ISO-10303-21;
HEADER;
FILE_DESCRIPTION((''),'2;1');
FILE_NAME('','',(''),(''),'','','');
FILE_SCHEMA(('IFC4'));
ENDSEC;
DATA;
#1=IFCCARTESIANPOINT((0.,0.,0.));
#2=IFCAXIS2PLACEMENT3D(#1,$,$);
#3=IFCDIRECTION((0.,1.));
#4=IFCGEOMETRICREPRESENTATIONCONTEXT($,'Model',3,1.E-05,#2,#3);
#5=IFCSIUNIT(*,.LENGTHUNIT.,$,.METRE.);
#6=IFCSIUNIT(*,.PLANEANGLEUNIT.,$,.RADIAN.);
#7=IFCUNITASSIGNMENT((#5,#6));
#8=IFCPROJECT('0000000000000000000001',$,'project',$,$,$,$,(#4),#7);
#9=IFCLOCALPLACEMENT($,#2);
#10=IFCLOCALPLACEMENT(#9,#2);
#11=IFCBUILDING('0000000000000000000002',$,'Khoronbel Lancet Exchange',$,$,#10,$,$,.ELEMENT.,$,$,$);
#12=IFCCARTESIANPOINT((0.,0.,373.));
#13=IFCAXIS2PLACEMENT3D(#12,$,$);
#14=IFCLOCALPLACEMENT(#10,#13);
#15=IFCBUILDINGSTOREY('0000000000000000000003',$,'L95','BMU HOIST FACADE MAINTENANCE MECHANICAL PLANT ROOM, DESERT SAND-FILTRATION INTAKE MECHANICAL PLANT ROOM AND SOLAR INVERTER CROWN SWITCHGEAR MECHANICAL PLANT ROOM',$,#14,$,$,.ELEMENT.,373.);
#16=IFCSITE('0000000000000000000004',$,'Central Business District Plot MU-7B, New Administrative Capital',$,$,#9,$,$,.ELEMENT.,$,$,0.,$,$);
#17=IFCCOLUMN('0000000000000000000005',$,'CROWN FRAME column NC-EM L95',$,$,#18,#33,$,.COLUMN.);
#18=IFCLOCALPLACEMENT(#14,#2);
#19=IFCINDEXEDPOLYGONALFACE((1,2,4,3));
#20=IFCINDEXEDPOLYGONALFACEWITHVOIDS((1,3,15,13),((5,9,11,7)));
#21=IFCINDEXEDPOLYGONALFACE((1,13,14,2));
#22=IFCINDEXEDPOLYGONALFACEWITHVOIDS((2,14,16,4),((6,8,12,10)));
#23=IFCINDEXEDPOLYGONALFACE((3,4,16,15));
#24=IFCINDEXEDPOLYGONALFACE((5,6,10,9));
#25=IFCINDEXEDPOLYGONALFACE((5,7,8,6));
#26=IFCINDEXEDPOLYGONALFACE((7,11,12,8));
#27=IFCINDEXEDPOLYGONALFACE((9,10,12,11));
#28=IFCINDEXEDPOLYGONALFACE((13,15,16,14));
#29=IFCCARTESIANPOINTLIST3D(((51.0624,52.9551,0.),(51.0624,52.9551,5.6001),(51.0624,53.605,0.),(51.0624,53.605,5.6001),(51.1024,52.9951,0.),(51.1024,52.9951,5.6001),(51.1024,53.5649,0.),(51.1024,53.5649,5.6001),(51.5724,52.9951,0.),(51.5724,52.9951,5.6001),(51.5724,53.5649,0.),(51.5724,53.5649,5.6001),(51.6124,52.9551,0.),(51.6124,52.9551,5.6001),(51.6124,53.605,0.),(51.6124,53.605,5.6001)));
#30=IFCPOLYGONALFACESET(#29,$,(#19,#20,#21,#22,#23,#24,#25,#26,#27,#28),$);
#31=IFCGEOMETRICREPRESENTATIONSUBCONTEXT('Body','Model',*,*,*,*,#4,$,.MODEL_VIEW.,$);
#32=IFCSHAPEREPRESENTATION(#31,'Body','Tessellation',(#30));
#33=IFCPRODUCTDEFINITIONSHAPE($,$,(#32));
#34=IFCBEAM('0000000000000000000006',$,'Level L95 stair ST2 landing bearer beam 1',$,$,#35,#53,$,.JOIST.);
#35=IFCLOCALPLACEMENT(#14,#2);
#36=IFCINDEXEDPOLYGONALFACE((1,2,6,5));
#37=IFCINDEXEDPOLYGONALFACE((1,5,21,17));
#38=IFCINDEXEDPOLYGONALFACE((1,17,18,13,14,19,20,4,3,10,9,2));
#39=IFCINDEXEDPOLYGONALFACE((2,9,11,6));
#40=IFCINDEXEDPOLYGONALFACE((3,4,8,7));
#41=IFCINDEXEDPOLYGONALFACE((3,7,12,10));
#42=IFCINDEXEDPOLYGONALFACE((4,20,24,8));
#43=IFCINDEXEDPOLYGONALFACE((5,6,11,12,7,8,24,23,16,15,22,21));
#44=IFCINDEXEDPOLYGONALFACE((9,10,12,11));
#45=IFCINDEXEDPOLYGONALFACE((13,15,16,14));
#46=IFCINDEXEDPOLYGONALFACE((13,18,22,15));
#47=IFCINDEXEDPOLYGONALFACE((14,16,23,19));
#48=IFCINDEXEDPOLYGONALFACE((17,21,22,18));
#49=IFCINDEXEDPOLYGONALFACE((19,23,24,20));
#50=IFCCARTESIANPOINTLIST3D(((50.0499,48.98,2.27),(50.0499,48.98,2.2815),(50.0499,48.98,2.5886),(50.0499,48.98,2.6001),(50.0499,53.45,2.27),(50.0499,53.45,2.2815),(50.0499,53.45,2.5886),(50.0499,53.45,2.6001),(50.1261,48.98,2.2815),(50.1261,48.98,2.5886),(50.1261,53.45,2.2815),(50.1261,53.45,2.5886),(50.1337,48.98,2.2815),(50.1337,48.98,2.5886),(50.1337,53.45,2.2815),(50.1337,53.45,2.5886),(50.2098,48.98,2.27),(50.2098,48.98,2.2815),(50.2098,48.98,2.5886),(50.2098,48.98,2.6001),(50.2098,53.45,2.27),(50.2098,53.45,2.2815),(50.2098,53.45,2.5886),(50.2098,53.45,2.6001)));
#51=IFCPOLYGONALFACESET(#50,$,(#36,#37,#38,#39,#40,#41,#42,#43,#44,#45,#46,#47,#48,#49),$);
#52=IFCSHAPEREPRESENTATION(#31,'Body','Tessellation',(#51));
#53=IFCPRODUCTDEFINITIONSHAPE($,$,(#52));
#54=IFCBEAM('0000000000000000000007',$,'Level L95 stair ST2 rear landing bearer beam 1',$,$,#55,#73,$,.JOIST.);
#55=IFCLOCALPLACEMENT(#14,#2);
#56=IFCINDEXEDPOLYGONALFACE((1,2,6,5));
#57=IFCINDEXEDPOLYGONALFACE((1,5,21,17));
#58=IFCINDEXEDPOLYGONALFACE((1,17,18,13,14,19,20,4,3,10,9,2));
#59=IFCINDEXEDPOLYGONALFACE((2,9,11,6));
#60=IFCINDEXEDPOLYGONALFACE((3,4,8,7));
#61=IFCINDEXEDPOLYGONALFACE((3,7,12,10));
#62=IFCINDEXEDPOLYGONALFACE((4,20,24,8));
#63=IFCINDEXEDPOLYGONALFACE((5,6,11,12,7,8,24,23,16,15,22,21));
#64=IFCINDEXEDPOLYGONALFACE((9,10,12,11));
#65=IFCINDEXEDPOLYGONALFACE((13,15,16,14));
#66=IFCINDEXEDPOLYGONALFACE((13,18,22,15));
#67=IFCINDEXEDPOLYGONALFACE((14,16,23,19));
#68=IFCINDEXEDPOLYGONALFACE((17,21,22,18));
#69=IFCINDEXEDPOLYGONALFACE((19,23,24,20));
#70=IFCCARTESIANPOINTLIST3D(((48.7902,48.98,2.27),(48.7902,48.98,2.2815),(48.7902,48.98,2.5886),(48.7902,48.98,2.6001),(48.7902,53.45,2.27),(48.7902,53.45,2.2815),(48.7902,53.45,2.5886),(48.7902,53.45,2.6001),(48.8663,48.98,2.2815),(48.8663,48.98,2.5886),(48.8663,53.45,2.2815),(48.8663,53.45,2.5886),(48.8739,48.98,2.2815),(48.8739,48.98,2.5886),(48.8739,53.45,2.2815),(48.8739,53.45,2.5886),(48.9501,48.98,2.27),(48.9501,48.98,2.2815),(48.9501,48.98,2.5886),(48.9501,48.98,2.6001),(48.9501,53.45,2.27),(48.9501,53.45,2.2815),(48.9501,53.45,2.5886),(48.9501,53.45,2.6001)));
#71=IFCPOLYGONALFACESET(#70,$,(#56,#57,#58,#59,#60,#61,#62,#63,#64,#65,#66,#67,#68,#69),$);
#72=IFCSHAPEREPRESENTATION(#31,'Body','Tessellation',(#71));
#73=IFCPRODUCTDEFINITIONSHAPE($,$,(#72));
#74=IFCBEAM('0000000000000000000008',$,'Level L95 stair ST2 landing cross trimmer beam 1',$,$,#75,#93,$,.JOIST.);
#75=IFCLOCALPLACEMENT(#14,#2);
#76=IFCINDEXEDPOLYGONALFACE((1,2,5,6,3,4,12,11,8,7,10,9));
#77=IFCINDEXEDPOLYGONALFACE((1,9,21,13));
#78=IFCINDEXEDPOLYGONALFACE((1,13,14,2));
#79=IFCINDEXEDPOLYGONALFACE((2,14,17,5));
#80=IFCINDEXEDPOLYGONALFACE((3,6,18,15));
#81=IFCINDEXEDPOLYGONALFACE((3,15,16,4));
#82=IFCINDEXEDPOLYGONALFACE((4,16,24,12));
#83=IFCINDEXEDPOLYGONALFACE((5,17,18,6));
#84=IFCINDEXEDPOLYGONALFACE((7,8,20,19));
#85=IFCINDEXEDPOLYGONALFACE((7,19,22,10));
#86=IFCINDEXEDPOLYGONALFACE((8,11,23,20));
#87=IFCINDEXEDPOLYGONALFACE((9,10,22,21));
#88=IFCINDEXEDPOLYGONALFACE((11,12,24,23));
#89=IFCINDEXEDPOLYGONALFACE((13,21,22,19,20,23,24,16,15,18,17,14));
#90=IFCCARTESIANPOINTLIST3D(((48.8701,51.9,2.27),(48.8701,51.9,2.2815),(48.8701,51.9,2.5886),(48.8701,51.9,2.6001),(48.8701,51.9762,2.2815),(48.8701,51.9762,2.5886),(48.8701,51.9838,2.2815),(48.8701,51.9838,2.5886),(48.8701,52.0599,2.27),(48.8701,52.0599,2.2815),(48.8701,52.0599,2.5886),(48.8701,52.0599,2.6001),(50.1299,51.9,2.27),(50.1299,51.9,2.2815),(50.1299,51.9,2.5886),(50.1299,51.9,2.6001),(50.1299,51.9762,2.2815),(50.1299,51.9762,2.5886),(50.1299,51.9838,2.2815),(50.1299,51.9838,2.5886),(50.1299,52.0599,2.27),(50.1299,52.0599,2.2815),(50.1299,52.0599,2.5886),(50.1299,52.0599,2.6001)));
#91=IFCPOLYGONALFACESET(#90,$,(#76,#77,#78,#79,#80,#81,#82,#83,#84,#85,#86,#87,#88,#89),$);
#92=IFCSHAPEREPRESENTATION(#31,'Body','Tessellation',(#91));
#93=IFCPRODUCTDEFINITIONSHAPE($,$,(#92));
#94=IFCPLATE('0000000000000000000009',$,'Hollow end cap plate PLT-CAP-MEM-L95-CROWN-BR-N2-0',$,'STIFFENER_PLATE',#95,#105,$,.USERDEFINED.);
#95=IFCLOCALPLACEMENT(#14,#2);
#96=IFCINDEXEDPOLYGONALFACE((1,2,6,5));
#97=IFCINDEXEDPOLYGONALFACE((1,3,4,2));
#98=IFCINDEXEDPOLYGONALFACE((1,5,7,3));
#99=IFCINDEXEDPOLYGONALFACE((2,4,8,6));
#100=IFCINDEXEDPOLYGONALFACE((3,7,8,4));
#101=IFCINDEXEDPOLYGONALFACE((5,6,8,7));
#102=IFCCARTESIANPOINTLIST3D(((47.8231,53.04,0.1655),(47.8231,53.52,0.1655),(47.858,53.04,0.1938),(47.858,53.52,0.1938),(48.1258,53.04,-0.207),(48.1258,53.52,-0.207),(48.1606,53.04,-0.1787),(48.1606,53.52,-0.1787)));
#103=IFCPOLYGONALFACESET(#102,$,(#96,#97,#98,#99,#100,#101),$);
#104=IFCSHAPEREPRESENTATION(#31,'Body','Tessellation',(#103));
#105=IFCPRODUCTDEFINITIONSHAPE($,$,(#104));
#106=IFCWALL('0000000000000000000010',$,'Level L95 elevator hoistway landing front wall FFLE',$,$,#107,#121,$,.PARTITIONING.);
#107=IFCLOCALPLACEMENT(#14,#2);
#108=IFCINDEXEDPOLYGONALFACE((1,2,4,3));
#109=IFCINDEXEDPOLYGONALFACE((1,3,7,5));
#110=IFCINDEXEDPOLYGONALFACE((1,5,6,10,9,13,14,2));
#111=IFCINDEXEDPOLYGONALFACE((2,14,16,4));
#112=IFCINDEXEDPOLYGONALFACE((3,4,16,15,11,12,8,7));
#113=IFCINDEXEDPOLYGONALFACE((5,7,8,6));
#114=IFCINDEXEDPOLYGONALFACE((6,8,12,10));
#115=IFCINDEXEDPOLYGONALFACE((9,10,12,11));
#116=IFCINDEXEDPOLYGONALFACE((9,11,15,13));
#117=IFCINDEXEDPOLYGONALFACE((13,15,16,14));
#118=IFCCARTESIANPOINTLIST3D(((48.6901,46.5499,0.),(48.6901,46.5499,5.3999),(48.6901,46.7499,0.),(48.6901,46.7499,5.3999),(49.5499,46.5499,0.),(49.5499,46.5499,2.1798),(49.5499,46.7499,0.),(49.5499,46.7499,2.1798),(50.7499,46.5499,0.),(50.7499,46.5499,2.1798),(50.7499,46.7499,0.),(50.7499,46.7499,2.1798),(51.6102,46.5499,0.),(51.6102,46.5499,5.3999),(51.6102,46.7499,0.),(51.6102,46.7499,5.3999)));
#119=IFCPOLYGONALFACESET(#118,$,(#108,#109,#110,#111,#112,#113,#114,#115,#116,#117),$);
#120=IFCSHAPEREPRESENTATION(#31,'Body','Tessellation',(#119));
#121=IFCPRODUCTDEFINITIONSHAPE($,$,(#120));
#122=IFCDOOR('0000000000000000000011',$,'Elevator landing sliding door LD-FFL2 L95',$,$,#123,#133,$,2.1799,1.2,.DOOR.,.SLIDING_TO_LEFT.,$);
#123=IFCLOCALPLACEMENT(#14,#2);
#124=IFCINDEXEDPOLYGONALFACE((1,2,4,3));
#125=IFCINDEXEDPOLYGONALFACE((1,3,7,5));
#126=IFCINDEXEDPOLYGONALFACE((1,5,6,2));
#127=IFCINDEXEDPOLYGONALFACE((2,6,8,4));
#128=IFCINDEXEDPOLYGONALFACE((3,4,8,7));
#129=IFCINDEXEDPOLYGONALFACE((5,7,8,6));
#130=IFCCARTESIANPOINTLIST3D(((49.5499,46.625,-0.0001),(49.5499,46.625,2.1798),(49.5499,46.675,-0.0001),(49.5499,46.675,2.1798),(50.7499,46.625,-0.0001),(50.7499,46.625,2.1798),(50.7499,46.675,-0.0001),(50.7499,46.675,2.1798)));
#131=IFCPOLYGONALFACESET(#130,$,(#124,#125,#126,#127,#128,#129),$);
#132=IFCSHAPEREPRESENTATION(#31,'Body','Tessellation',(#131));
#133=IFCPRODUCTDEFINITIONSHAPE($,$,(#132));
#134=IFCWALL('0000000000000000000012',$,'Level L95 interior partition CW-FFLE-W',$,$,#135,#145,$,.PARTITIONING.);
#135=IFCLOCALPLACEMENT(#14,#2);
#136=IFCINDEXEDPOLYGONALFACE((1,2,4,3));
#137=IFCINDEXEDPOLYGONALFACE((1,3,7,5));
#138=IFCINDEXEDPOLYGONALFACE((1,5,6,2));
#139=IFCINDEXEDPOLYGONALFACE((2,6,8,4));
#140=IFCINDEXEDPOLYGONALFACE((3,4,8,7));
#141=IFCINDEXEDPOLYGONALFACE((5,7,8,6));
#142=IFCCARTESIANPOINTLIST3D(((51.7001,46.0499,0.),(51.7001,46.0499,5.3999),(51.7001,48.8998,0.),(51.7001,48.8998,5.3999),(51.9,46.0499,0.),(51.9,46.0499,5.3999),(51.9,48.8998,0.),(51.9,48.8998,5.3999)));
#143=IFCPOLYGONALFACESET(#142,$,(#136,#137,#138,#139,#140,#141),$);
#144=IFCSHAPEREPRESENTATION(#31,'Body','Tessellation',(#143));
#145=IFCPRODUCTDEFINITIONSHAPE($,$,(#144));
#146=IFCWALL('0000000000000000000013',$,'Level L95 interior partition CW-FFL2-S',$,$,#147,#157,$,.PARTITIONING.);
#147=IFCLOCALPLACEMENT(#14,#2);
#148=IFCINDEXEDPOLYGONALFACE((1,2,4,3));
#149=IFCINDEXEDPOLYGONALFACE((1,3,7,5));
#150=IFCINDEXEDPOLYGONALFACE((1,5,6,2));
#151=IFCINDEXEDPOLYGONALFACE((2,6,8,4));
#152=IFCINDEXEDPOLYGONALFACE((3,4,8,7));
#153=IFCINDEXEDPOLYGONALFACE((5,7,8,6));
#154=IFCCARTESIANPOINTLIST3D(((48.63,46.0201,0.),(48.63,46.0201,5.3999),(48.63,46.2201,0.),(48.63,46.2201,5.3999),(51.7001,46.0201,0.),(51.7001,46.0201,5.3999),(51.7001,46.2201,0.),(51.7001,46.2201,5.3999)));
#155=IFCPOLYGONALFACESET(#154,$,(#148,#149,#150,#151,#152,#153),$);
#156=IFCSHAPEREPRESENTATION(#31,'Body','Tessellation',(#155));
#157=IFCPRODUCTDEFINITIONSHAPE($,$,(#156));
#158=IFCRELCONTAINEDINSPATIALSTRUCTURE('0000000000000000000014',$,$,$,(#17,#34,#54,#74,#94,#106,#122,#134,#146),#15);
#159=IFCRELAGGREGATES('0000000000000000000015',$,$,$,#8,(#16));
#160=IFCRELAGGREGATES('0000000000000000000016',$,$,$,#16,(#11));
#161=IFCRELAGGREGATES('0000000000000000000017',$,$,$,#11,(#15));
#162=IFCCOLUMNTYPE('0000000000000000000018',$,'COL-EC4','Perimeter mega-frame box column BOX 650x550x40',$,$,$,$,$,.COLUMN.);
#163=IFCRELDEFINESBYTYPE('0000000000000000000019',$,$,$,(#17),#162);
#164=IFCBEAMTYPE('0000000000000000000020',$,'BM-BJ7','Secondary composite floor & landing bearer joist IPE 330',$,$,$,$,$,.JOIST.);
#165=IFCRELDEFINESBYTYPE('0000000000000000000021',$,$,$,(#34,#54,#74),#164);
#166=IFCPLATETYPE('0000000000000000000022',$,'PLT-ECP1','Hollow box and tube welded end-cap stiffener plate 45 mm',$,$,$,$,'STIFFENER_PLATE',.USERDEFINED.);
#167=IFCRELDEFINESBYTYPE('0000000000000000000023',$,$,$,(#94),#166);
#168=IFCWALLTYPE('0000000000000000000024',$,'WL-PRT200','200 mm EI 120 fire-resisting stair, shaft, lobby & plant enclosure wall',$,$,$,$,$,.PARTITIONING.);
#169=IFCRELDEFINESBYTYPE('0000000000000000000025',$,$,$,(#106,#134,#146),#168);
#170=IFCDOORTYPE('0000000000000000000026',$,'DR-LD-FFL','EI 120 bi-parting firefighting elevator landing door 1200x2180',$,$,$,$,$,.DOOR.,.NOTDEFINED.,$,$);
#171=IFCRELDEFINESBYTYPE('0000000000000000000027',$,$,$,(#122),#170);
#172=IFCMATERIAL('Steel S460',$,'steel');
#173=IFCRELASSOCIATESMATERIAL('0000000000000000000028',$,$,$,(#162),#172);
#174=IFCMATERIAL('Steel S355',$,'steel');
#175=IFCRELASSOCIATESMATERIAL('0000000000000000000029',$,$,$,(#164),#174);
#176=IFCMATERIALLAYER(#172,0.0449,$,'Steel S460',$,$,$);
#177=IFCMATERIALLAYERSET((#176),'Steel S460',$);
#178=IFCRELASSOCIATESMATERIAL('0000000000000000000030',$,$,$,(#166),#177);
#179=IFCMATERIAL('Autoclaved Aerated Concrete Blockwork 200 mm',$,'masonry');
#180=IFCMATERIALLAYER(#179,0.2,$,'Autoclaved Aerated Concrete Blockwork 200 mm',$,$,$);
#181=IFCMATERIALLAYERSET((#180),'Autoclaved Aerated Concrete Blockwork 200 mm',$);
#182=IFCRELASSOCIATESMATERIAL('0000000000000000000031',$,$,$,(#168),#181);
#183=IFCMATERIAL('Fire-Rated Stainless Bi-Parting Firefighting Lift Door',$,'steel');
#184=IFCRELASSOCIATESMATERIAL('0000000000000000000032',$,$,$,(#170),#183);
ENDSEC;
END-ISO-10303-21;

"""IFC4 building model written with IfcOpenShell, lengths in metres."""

from ifc_helpers import new_model, si_unit, direction, frame, frame_2d, origin, origin_2d, place, context, subcontext, project, spatial, polyline, rectangle, hollow_rectangle, i_section, outline, extrude, material, layer, layer_set, material_profile, profile_set, type_object, element, fill, save


model = new_model("IFC4")

# Units and contexts
model_context = context("Model", 3, precision=1e-05, world=origin(), true_north=direction((0.0, 1.0)))
body_context = subcontext(model_context, "Body", "Model", "MODEL_VIEW")
ifc_project = project(units=[si_unit("LENGTHUNIT", "METRE"), si_unit("PLANEANGLEUNIT", "RADIAN")], contexts=[model_context])

# Site, building, storey
site_placement = place(None, origin())
site = spatial("IfcSite", under=ifc_project, at=site_placement, Name="Central Business District Plot MU-7B, New Administrative Capital", CompositionType="ELEMENT", RefElevation=0.0)
building_placement = place(site_placement, origin())
building = spatial("IfcBuilding", under=site, at=building_placement, Name="Khoronbel Lancet Exchange", CompositionType="ELEMENT")
storey_placement = place(building_placement, frame((0.0, 0.0, 373.0)))
storey = spatial("IfcBuildingStorey", under=building, at=storey_placement, Name="L95", Description="BMU HOIST FACADE MAINTENANCE MECHANICAL PLANT ROOM, DESERT SAND-FILTRATION INTAKE MECHANICAL PLANT ROOM AND SOLAR INVERTER CROWN SWITCHGEAR MECHANICAL PLANT ROOM", CompositionType="ELEMENT", Elevation=373.0)

# Column
ifc_material_1 = material(Name="Steel S460", Category="steel")
ifc_material_profile_1 = material_profile(ifc_material_1, hollow_rectangle(XDim=0.55, YDim=0.6499, WallThickness=0.04, at=origin_2d()), Name="BOX 650x550x40")
ifc_profile_set_1 = profile_set([ifc_material_profile_1], Name="Steel S460")
column_type = type_object("IfcColumnType", Name="COL-EC4", Description="Perimeter mega-frame box column BOX 650x550x40", PredefinedType="COLUMN", material=ifc_profile_set_1)
column_placement = place(storey_placement, frame((51.3374, 53.28, 0.0), z_axis=(0.0, 0.0, 1.0), x_axis=(1.0, 0.0, 0.0)))
element("IfcColumn", 1, at=column_placement, inside=storey, type_object=column_type, Name="CROWN FRAME column NC-EM L95", PredefinedType="COLUMN", context=body_context, shape_type="SweptSolid", body=[
    extrude(hollow_rectangle(XDim=0.55, YDim=0.6499, WallThickness=0.04, at=origin_2d()), origin(), (0.0, 0.0, 1.0), 5.6001),
])

# Beams
ifc_material_2 = material(Name="Steel S355", Category="steel")
ifc_material_profile_2 = material_profile(ifc_material_2, i_section(OverallWidth=0.1599, OverallDepth=0.3301, WebThickness=0.0076, FlangeThickness=0.0115, at=origin_2d()), Name="IPE 330")
ifc_profile_set_2 = profile_set([ifc_material_profile_2], Name="Steel S355")
beam_type = type_object("IfcBeamType", Name="BM-BJ7", Description="Secondary composite floor & landing bearer joist IPE 330", PredefinedType="JOIST", material=ifc_profile_set_2)
for number, where, z_axis, x_axis, name in (
    (2, (50.1299, 48.98, 2.4351), (0.0, 1.0, 0.0), (-1.0, 0.0, 0.0), "Level L95 stair ST2 landing bearer beam 1"),
    (3, (48.8701, 48.98, 2.4351), (0.0, 1.0, 0.0), (-1.0, 0.0, 0.0), "Level L95 stair ST2 rear landing bearer beam 1"),
):
    element("IfcBeam", number, at=place(storey_placement, frame(where, z_axis=z_axis, x_axis=x_axis)), inside=storey, type_object=beam_type, Name=name, PredefinedType="JOIST", context=body_context, shape_type="SweptSolid", body=[
        extrude(i_section(OverallWidth=0.1599, OverallDepth=0.3301, WebThickness=0.0076, FlangeThickness=0.0115, at=origin_2d()), origin(), (0.0, 0.0, 1.0), 4.47),
    ])
beam_placement = place(storey_placement, frame((48.8701, 51.98, 2.4351), z_axis=(1.0, 0.0, 0.0), x_axis=(0.0, 1.0, 0.0)))
element("IfcBeam", 4, at=beam_placement, inside=storey, type_object=beam_type, Name="Level L95 stair ST2 landing cross trimmer beam 1", PredefinedType="JOIST", context=body_context, shape_type="SweptSolid", body=[
    extrude(i_section(OverallWidth=0.1599, OverallDepth=0.3301, WebThickness=0.0076, FlangeThickness=0.0115, at=origin_2d()), origin(), (0.0, 0.0, 1.0), 1.2598),
])

# Plate
ifc_layer_1 = layer(ifc_material_1, 0.0449, Name="Steel S460")
ifc_layer_set_1 = layer_set([ifc_layer_1], Name="Steel S460")
plate_type = type_object("IfcPlateType", Name="PLT-ECP1", Description="Hollow box and tube welded end-cap stiffener plate 45 mm", ElementType="STIFFENER_PLATE", PredefinedType="USERDEFINED", material=ifc_layer_set_1)
plate_placement = place(storey_placement, frame((48.1606, 53.04, -0.1787), z_axis=(0.776083, 0.0, 0.630631), x_axis=(0.0, 1.0, 0.0)))
element("IfcPlate", 5, at=plate_placement, inside=storey, type_object=plate_type, Name="Hollow end cap plate PLT-CAP-MEM-L95-CROWN-BR-N2-0", ObjectType="STIFFENER_PLATE", PredefinedType="USERDEFINED", context=body_context, shape_type="SweptSolid", body=[
    extrude(outline(polyline([(0.0, 0.0), (0.48, 0.0), (0.48, 0.48), (0.0, 0.48), (0.0, 0.0)])), origin(), (0.0, 0.0, -1.0), 0.0449),
])

# Wall, opening, door
ifc_material_3 = material(Name="Autoclaved Aerated Concrete Blockwork 200 mm", Category="masonry")
ifc_layer_2 = layer(ifc_material_3, 0.2, Name="Autoclaved Aerated Concrete Blockwork 200 mm")
ifc_layer_set_2 = layer_set([ifc_layer_2], Name="Autoclaved Aerated Concrete Blockwork 200 mm")
wall_type_1 = type_object("IfcWallType", Name="WL-PRT200", Description="200 mm EI 120 fire-resisting stair, shaft, lobby & plant enclosure wall", PredefinedType="PARTITIONING", material=ifc_layer_set_2)
wall_1_placement = place(storey_placement, frame((51.6101, 46.6499, 0.0), z_axis=(0.0, 0.0, 1.0), x_axis=(-1.0, 0.0, 0.0)))
wall_1 = element("IfcWall", 6, at=wall_1_placement, inside=storey, type_object=wall_type_1, Name="Level L95 elevator hoistway landing front wall FFLE", PredefinedType="PARTITIONING", context=body_context, shape_type="SweptSolid", body=[
    extrude(rectangle(XDim=2.9202, YDim=0.2, at=frame_2d((1.46, 0.0))), origin(), (0.0, 0.0, 1.0), 5.3999),
])
opening_1_placement = place(wall_1_placement, frame((0.8601, 0.0, 0.0)))
opening_1 = element("IfcOpeningElement", 7, at=opening_1_placement, cuts=wall_1, PredefinedType="OPENING", context=body_context, shape_type="SweptSolid", body=[
    extrude(rectangle(XDim=1.2, YDim=2.1799, at=frame_2d((0.6001, 1.0898))), frame((0.0, 0.1099, 0.0), z_axis=(0.0, -1.0, 0.0), x_axis=(1.0, 0.0, 0.0)), (0.0, 0.0, 1.0), 0.22),
])
ifc_material_4 = material(Name="Fire-Rated Stainless Bi-Parting Firefighting Lift Door", Category="steel")
door_type_1 = type_object("IfcDoorType", Name="DR-LD-FFL", Description="EI 120 bi-parting firefighting elevator landing door 1200x2180", OperationType="NOTDEFINED", PredefinedType="DOOR", material=ifc_material_4)
door_1_placement = place(opening_1_placement, origin())
door_1 = element("IfcDoor", 8, at=door_1_placement, inside=storey, type_object=door_type_1, Name="Elevator landing sliding door LD-FFL2 L95", OperationType="SLIDING_TO_LEFT", OverallHeight=2.1799, OverallWidth=1.2, PredefinedType="DOOR", context=body_context, shape_type="SweptSolid", body=[
    extrude(rectangle(XDim=1.2, YDim=2.1799, at=frame_2d((0.6001, 1.0898))), frame((0.0, 0.0249, 0.0), z_axis=(0.0, -1.0, 0.0), x_axis=(1.0, 0.0, 0.0)), (0.0, 0.0, 1.0), 0.05),
])
fill(opening_1, door_1)

# Walls
wall_2_placement = place(storey_placement, frame((51.8, 46.05, 0.0), z_axis=(0.0, 0.0, 1.0), x_axis=(0.0, 1.0, 0.0)))
element("IfcWall", 9, at=wall_2_placement, inside=storey, type_object=wall_type_1, Name="Level L95 interior partition CW-FFLE-W", PredefinedType="PARTITIONING", context=body_context, shape_type="SweptSolid", body=[
    extrude(rectangle(XDim=2.8499, YDim=0.2, at=frame_2d((1.4248, 0.0))), origin(), (0.0, 0.0, 1.0), 5.3999),
])
wall_3_placement = place(storey_placement, frame((48.6299, 46.1201, 0.0), z_axis=(0.0, 0.0, 1.0), x_axis=(1.0, 0.0, 0.0)))
element("IfcWall", 10, at=wall_3_placement, inside=storey, type_object=wall_type_1, Name="Level L95 interior partition CW-FFL2-S", PredefinedType="PARTITIONING", context=body_context, shape_type="SweptSolid", body=[
    extrude(rectangle(XDim=3.0701, YDim=0.2, at=frame_2d((1.5352, 0.0))), origin(), (0.0, 0.0, 1.0), 5.3999),
])

save(model, "model.ifc")
